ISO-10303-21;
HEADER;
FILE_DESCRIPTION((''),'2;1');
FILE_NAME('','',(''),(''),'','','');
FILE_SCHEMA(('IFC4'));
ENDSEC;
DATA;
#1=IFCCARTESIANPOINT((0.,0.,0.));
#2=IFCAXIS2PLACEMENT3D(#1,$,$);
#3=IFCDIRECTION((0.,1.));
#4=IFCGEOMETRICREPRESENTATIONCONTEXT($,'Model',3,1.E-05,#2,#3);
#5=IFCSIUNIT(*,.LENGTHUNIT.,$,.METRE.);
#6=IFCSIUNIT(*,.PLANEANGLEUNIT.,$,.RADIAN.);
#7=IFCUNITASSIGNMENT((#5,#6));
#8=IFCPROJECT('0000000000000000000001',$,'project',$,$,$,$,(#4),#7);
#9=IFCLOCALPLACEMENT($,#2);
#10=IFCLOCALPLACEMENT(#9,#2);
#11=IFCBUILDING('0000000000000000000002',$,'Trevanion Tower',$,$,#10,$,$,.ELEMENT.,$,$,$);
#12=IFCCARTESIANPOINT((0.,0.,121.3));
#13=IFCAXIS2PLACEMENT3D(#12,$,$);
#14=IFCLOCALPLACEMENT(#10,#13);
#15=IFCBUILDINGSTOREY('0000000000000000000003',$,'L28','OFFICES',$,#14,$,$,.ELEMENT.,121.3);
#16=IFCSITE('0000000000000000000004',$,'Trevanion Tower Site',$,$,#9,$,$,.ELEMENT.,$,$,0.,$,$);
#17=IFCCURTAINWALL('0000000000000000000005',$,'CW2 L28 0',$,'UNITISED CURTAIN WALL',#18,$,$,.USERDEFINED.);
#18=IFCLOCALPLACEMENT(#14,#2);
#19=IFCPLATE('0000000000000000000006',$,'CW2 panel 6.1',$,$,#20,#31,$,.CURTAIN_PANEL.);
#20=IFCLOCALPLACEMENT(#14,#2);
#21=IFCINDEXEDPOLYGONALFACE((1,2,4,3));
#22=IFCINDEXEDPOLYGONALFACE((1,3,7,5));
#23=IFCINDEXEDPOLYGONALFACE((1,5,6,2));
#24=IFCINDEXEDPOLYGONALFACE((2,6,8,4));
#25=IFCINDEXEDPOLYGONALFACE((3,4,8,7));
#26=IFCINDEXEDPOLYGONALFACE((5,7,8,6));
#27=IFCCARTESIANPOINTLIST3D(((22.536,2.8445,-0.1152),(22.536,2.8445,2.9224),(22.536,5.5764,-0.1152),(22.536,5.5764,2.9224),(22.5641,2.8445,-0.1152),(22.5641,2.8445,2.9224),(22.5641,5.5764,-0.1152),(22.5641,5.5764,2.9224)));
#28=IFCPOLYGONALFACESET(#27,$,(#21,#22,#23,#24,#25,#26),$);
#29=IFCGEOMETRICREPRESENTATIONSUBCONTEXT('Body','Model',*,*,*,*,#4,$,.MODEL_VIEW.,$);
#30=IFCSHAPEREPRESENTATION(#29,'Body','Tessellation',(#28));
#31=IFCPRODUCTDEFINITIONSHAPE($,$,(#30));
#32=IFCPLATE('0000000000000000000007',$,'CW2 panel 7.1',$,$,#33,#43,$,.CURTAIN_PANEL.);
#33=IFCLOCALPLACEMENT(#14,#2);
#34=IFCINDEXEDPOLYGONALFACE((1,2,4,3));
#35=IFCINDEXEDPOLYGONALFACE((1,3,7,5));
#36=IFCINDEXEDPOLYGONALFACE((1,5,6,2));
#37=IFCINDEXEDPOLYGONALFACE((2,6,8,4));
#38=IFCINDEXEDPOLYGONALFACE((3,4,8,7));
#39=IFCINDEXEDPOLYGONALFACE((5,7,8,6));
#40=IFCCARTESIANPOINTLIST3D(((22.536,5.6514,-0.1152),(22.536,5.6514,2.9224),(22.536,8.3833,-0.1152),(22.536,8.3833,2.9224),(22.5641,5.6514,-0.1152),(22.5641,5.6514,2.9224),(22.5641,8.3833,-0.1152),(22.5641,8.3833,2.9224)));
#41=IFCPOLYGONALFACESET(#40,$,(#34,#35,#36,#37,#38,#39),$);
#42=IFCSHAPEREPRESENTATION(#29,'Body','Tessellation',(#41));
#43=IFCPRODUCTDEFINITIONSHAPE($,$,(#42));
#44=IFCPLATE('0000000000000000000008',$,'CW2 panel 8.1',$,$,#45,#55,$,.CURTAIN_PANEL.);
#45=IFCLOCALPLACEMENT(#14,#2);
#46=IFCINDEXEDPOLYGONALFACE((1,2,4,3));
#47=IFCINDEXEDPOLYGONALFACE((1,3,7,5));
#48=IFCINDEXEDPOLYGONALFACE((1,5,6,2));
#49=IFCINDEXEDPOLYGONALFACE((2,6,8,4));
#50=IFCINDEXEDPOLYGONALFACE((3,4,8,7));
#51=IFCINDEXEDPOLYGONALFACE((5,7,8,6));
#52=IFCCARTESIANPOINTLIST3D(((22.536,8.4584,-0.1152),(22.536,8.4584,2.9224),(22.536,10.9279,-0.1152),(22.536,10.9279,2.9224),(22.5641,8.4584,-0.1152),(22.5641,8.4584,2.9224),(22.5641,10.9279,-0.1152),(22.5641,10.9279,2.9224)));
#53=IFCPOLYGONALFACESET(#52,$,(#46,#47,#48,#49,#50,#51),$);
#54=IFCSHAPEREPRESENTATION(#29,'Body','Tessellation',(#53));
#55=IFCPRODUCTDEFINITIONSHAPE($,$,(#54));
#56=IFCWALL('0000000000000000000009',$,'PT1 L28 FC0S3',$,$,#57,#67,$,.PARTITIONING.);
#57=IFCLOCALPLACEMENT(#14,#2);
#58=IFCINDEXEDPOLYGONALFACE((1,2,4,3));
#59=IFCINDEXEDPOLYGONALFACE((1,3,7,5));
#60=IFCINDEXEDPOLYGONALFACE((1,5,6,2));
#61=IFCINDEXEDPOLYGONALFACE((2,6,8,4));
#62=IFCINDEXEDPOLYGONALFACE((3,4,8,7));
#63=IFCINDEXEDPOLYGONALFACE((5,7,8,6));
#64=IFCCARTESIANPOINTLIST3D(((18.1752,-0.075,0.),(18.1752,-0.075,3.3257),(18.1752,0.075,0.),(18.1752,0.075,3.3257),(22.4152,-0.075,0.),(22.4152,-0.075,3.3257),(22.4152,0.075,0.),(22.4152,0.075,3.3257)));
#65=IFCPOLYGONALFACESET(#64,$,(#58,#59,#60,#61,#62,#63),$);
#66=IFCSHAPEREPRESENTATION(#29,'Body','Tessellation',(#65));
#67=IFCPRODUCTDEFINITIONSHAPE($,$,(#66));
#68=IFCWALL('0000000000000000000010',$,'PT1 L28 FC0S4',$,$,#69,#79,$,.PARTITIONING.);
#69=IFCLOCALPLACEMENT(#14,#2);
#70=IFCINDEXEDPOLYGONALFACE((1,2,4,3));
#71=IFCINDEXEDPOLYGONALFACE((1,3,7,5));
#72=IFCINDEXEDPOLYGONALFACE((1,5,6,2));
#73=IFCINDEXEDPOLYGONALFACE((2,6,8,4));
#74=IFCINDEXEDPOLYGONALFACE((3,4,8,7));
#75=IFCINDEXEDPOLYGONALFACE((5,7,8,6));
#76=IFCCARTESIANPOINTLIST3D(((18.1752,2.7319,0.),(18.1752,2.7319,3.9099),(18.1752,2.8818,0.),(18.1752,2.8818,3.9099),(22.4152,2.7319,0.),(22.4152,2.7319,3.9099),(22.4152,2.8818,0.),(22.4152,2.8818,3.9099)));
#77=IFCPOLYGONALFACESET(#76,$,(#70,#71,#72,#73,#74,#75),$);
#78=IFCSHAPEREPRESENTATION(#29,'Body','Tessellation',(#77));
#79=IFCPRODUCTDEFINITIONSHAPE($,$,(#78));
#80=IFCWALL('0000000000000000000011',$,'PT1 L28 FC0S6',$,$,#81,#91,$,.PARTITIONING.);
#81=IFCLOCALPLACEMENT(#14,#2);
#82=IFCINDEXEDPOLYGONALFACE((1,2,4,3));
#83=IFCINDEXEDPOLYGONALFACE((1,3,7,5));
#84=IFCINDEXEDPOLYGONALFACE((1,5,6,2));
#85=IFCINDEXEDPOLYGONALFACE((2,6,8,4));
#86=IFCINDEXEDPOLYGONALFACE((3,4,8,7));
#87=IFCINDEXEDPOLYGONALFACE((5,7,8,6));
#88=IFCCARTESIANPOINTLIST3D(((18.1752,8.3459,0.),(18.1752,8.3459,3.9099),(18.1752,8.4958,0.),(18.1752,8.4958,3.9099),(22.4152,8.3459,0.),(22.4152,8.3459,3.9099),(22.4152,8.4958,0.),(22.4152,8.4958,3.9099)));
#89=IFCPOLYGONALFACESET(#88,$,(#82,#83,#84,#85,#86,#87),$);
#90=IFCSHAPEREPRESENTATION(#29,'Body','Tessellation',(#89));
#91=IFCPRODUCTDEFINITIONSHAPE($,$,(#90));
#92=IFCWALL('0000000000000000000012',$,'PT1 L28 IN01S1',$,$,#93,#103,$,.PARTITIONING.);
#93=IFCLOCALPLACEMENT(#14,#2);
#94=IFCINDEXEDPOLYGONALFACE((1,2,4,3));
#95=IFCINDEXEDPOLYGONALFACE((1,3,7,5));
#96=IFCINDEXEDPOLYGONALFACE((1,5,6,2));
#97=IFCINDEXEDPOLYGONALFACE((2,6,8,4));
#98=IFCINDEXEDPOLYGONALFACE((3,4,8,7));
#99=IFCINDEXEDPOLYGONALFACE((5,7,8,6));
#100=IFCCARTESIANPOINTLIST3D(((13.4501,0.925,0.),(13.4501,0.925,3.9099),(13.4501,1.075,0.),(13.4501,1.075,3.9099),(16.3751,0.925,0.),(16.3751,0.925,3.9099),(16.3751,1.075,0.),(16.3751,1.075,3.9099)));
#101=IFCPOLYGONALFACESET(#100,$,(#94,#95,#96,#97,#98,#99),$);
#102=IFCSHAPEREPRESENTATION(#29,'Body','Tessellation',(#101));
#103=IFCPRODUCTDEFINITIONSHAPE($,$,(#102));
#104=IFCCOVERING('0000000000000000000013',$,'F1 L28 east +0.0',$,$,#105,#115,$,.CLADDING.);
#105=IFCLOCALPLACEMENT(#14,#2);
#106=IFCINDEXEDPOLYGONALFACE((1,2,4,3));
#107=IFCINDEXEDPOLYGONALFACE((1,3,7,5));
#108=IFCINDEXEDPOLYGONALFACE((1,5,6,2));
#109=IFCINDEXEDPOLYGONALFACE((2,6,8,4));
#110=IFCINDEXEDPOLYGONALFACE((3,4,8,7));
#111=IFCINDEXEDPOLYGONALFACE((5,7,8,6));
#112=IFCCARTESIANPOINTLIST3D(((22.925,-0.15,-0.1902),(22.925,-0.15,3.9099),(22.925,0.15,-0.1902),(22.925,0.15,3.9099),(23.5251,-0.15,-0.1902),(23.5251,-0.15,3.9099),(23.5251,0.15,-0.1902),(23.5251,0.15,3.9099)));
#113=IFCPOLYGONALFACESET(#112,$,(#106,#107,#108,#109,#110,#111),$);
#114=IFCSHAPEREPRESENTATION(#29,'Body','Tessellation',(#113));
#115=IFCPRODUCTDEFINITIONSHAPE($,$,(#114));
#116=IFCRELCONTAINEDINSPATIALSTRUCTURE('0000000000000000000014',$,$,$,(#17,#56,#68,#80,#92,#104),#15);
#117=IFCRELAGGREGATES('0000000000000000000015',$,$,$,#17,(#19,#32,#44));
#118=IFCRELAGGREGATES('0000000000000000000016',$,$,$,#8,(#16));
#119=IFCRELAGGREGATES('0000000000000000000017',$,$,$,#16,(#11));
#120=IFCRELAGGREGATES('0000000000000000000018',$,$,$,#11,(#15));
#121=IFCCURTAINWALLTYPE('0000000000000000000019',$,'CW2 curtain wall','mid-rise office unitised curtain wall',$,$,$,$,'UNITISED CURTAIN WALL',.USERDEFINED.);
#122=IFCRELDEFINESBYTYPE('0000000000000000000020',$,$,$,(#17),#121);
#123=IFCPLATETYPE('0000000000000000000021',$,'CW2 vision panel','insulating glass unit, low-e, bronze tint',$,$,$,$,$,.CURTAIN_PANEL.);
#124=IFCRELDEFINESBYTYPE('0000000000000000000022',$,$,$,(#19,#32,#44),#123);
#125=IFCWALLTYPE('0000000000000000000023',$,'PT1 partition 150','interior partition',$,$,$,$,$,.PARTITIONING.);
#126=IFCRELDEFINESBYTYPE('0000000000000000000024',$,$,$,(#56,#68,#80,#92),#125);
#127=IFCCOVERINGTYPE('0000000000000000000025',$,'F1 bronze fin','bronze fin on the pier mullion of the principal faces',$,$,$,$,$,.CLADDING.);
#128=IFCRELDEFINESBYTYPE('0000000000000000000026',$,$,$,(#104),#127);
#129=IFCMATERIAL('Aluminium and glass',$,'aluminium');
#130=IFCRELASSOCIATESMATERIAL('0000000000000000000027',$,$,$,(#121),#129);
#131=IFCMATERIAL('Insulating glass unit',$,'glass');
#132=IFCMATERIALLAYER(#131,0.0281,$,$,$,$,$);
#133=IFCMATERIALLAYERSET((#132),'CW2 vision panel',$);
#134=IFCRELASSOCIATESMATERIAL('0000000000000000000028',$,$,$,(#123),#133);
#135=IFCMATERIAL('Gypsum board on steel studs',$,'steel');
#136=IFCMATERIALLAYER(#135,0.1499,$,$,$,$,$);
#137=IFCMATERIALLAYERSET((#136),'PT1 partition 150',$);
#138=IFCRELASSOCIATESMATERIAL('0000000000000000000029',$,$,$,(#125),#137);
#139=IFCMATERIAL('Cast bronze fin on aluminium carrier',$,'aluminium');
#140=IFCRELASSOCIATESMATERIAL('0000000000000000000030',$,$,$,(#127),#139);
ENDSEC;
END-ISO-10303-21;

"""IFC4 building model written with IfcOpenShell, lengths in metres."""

from ifc_helpers import new_model, si_unit, direction, frame, frame_2d, origin, origin_2d, place, context, subcontext, project, spatial, rectangle, extrude, material, layer, layer_set, type_object, element, aggregate, save


model = new_model("IFC4")

# Units and contexts
model_context = context("Model", 3, precision=1e-05, world=origin(), true_north=direction((0.0, 1.0)))
body_context = subcontext(model_context, "Body", "Model", "MODEL_VIEW")
ifc_project = project(units=[si_unit("LENGTHUNIT", "METRE"), si_unit("PLANEANGLEUNIT", "RADIAN")], contexts=[model_context])

# Site, building, storey
site_placement = place(None, origin())
site = spatial("IfcSite", under=ifc_project, at=site_placement, Name="Trevanion Tower Site", CompositionType="ELEMENT", RefElevation=0.0)
building_placement = place(site_placement, origin())
building = spatial("IfcBuilding", under=site, at=building_placement, Name="Trevanion Tower", CompositionType="ELEMENT")
storey_placement = place(building_placement, frame((0.0, 0.0, 121.3)))
storey = spatial("IfcBuildingStorey", under=building, at=storey_placement, Name="L28", Description="OFFICES", CompositionType="ELEMENT", Elevation=121.3)

# Curtain wall
ifc_material_1 = material(Name="Aluminium and glass", Category="aluminium")
curtain_wall_type = type_object("IfcCurtainWallType", Name="CW2 curtain wall", Description="mid-rise office unitised curtain wall", ElementType="UNITISED CURTAIN WALL", PredefinedType="USERDEFINED", material=ifc_material_1)
curtain_wall_placement = place(storey_placement, origin())
curtain_wall = element("IfcCurtainWall", 1, at=curtain_wall_placement, inside=storey, type_object=curtain_wall_type, Name="CW2 L28 0", ObjectType="UNITISED CURTAIN WALL", PredefinedType="USERDEFINED")

# Plates
ifc_material_2 = material(Name="Insulating glass unit", Category="glass")
ifc_layer_1 = layer(ifc_material_2, 0.0281)
ifc_layer_set_1 = layer_set([ifc_layer_1], Name="CW2 vision panel")
plate_type_1 = type_object("IfcPlateType", Name="CW2 vision panel", Description="insulating glass unit, low-e, bronze tint", PredefinedType="CURTAIN_PANEL", material=ifc_layer_set_1)
plate_1_placement = place(storey_placement, frame((22.55, 4.2104, -0.1152), z_axis=(0.0, 0.0, 1.0), x_axis=(0.0, 1.0, 0.0)))
plate_1 = element("IfcPlate", 2, at=plate_1_placement, type_object=plate_type_1, Name="CW2 panel 6.1", PredefinedType="CURTAIN_PANEL", context=body_context, shape_type="SweptSolid", body=[
    extrude(rectangle(XDim=2.7319, YDim=0.0281, at=origin_2d()), origin(), (0.0, 0.0, 1.0), 3.0376),
])
plate_2_placement = place(storey_placement, frame((22.55, 7.0173, -0.1152), z_axis=(0.0, 0.0, 1.0), x_axis=(0.0, 1.0, 0.0)))
plate_2 = element("IfcPlate", 3, at=plate_2_placement, type_object=plate_type_1, Name="CW2 panel 7.1", PredefinedType="CURTAIN_PANEL", context=body_context, shape_type="SweptSolid", body=[
    extrude(rectangle(XDim=2.7319, YDim=0.0281, at=origin_2d()), origin(), (0.0, 0.0, 1.0), 3.0376),
])
plate_3_placement = place(storey_placement, frame((22.55, 9.6931, -0.1152), z_axis=(0.0, 0.0, 1.0), x_axis=(0.0, 1.0, 0.0)))
plate_3 = element("IfcPlate", 4, at=plate_3_placement, type_object=plate_type_1, Name="CW2 panel 8.1", PredefinedType="CURTAIN_PANEL", context=body_context, shape_type="SweptSolid", body=[
    extrude(rectangle(XDim=2.4695, YDim=0.0281, at=origin_2d()), origin(), (0.0, 0.0, 1.0), 3.0376),
])
aggregate(curtain_wall, [plate_1, plate_2, plate_3])

# Walls
ifc_material_3 = material(Name="Gypsum board on steel studs", Category="steel")
ifc_layer_2 = layer(ifc_material_3, 0.1499)
ifc_layer_set_2 = layer_set([ifc_layer_2], Name="PT1 partition 150")
wall_type = type_object("IfcWallType", Name="PT1 partition 150", Description="interior partition", PredefinedType="PARTITIONING", material=ifc_layer_set_2)
wall_1_placement = place(storey_placement, frame((18.175, 0.0, 0.0), z_axis=(0.0, 0.0, 1.0), x_axis=(1.0, 0.0, 0.0)))
element("IfcWall", 5, at=wall_1_placement, inside=storey, type_object=wall_type, Name="PT1 L28 FC0S3", PredefinedType="PARTITIONING", context=body_context, shape_type="SweptSolid", body=[
    extrude(rectangle(XDim=4.24, YDim=0.1499, at=frame_2d((2.1201, 0.0))), origin(), (0.0, 0.0, 1.0), 3.3257),
])
for number, where, z_axis, x_axis, name in (
    (6, (18.175, 2.8069, 0.0), (0.0, 0.0, 1.0), (1.0, 0.0, 0.0), "PT1 L28 FC0S4"),
    (7, (18.175, 8.4209, 0.0), (0.0, 0.0, 1.0), (1.0, 0.0, 0.0), "PT1 L28 FC0S6"),
):
    element("IfcWall", number, at=place(storey_placement, frame(where, z_axis=z_axis, x_axis=x_axis)), inside=storey, type_object=wall_type, Name=name, PredefinedType="PARTITIONING", context=body_context, shape_type="SweptSolid", body=[
        extrude(rectangle(XDim=4.24, YDim=0.1499, at=frame_2d((2.1201, 0.0))), origin(), (0.0, 0.0, 1.0), 3.9099),
    ])
wall_2_placement = place(storey_placement, frame((16.375, 1.0, 0.0), z_axis=(0.0, 0.0, 1.0), x_axis=(-1.0, 0.0, 0.0)))
element("IfcWall", 8, at=wall_2_placement, inside=storey, type_object=wall_type, Name="PT1 L28 IN01S1", PredefinedType="PARTITIONING", context=body_context, shape_type="SweptSolid", body=[
    extrude(rectangle(XDim=2.925, YDim=0.1499, at=frame_2d((1.4624, 0.0))), origin(), (0.0, 0.0, 1.0), 3.9099),
])

# Covering
ifc_material_4 = material(Name="Cast bronze fin on aluminium carrier", Category="aluminium")
covering_type = type_object("IfcCoveringType", Name="F1 bronze fin", Description="bronze fin on the pier mullion of the principal faces", PredefinedType="CLADDING", material=ifc_material_4)
covering_placement = place(storey_placement, frame((23.2251, 0.0, -0.1902), z_axis=(0.0, 0.0, 1.0), x_axis=(0.0, 1.0, 0.0)))
element("IfcCovering", 9, at=covering_placement, inside=storey, type_object=covering_type, Name="F1 L28 east +0.0", PredefinedType="CLADDING", context=body_context, shape_type="SweptSolid", body=[
    extrude(rectangle(XDim=0.3, YDim=0.6001, at=origin_2d()), origin(), (0.0, 0.0, 1.0), 4.1001),
])

save(model, "model.ifc")
